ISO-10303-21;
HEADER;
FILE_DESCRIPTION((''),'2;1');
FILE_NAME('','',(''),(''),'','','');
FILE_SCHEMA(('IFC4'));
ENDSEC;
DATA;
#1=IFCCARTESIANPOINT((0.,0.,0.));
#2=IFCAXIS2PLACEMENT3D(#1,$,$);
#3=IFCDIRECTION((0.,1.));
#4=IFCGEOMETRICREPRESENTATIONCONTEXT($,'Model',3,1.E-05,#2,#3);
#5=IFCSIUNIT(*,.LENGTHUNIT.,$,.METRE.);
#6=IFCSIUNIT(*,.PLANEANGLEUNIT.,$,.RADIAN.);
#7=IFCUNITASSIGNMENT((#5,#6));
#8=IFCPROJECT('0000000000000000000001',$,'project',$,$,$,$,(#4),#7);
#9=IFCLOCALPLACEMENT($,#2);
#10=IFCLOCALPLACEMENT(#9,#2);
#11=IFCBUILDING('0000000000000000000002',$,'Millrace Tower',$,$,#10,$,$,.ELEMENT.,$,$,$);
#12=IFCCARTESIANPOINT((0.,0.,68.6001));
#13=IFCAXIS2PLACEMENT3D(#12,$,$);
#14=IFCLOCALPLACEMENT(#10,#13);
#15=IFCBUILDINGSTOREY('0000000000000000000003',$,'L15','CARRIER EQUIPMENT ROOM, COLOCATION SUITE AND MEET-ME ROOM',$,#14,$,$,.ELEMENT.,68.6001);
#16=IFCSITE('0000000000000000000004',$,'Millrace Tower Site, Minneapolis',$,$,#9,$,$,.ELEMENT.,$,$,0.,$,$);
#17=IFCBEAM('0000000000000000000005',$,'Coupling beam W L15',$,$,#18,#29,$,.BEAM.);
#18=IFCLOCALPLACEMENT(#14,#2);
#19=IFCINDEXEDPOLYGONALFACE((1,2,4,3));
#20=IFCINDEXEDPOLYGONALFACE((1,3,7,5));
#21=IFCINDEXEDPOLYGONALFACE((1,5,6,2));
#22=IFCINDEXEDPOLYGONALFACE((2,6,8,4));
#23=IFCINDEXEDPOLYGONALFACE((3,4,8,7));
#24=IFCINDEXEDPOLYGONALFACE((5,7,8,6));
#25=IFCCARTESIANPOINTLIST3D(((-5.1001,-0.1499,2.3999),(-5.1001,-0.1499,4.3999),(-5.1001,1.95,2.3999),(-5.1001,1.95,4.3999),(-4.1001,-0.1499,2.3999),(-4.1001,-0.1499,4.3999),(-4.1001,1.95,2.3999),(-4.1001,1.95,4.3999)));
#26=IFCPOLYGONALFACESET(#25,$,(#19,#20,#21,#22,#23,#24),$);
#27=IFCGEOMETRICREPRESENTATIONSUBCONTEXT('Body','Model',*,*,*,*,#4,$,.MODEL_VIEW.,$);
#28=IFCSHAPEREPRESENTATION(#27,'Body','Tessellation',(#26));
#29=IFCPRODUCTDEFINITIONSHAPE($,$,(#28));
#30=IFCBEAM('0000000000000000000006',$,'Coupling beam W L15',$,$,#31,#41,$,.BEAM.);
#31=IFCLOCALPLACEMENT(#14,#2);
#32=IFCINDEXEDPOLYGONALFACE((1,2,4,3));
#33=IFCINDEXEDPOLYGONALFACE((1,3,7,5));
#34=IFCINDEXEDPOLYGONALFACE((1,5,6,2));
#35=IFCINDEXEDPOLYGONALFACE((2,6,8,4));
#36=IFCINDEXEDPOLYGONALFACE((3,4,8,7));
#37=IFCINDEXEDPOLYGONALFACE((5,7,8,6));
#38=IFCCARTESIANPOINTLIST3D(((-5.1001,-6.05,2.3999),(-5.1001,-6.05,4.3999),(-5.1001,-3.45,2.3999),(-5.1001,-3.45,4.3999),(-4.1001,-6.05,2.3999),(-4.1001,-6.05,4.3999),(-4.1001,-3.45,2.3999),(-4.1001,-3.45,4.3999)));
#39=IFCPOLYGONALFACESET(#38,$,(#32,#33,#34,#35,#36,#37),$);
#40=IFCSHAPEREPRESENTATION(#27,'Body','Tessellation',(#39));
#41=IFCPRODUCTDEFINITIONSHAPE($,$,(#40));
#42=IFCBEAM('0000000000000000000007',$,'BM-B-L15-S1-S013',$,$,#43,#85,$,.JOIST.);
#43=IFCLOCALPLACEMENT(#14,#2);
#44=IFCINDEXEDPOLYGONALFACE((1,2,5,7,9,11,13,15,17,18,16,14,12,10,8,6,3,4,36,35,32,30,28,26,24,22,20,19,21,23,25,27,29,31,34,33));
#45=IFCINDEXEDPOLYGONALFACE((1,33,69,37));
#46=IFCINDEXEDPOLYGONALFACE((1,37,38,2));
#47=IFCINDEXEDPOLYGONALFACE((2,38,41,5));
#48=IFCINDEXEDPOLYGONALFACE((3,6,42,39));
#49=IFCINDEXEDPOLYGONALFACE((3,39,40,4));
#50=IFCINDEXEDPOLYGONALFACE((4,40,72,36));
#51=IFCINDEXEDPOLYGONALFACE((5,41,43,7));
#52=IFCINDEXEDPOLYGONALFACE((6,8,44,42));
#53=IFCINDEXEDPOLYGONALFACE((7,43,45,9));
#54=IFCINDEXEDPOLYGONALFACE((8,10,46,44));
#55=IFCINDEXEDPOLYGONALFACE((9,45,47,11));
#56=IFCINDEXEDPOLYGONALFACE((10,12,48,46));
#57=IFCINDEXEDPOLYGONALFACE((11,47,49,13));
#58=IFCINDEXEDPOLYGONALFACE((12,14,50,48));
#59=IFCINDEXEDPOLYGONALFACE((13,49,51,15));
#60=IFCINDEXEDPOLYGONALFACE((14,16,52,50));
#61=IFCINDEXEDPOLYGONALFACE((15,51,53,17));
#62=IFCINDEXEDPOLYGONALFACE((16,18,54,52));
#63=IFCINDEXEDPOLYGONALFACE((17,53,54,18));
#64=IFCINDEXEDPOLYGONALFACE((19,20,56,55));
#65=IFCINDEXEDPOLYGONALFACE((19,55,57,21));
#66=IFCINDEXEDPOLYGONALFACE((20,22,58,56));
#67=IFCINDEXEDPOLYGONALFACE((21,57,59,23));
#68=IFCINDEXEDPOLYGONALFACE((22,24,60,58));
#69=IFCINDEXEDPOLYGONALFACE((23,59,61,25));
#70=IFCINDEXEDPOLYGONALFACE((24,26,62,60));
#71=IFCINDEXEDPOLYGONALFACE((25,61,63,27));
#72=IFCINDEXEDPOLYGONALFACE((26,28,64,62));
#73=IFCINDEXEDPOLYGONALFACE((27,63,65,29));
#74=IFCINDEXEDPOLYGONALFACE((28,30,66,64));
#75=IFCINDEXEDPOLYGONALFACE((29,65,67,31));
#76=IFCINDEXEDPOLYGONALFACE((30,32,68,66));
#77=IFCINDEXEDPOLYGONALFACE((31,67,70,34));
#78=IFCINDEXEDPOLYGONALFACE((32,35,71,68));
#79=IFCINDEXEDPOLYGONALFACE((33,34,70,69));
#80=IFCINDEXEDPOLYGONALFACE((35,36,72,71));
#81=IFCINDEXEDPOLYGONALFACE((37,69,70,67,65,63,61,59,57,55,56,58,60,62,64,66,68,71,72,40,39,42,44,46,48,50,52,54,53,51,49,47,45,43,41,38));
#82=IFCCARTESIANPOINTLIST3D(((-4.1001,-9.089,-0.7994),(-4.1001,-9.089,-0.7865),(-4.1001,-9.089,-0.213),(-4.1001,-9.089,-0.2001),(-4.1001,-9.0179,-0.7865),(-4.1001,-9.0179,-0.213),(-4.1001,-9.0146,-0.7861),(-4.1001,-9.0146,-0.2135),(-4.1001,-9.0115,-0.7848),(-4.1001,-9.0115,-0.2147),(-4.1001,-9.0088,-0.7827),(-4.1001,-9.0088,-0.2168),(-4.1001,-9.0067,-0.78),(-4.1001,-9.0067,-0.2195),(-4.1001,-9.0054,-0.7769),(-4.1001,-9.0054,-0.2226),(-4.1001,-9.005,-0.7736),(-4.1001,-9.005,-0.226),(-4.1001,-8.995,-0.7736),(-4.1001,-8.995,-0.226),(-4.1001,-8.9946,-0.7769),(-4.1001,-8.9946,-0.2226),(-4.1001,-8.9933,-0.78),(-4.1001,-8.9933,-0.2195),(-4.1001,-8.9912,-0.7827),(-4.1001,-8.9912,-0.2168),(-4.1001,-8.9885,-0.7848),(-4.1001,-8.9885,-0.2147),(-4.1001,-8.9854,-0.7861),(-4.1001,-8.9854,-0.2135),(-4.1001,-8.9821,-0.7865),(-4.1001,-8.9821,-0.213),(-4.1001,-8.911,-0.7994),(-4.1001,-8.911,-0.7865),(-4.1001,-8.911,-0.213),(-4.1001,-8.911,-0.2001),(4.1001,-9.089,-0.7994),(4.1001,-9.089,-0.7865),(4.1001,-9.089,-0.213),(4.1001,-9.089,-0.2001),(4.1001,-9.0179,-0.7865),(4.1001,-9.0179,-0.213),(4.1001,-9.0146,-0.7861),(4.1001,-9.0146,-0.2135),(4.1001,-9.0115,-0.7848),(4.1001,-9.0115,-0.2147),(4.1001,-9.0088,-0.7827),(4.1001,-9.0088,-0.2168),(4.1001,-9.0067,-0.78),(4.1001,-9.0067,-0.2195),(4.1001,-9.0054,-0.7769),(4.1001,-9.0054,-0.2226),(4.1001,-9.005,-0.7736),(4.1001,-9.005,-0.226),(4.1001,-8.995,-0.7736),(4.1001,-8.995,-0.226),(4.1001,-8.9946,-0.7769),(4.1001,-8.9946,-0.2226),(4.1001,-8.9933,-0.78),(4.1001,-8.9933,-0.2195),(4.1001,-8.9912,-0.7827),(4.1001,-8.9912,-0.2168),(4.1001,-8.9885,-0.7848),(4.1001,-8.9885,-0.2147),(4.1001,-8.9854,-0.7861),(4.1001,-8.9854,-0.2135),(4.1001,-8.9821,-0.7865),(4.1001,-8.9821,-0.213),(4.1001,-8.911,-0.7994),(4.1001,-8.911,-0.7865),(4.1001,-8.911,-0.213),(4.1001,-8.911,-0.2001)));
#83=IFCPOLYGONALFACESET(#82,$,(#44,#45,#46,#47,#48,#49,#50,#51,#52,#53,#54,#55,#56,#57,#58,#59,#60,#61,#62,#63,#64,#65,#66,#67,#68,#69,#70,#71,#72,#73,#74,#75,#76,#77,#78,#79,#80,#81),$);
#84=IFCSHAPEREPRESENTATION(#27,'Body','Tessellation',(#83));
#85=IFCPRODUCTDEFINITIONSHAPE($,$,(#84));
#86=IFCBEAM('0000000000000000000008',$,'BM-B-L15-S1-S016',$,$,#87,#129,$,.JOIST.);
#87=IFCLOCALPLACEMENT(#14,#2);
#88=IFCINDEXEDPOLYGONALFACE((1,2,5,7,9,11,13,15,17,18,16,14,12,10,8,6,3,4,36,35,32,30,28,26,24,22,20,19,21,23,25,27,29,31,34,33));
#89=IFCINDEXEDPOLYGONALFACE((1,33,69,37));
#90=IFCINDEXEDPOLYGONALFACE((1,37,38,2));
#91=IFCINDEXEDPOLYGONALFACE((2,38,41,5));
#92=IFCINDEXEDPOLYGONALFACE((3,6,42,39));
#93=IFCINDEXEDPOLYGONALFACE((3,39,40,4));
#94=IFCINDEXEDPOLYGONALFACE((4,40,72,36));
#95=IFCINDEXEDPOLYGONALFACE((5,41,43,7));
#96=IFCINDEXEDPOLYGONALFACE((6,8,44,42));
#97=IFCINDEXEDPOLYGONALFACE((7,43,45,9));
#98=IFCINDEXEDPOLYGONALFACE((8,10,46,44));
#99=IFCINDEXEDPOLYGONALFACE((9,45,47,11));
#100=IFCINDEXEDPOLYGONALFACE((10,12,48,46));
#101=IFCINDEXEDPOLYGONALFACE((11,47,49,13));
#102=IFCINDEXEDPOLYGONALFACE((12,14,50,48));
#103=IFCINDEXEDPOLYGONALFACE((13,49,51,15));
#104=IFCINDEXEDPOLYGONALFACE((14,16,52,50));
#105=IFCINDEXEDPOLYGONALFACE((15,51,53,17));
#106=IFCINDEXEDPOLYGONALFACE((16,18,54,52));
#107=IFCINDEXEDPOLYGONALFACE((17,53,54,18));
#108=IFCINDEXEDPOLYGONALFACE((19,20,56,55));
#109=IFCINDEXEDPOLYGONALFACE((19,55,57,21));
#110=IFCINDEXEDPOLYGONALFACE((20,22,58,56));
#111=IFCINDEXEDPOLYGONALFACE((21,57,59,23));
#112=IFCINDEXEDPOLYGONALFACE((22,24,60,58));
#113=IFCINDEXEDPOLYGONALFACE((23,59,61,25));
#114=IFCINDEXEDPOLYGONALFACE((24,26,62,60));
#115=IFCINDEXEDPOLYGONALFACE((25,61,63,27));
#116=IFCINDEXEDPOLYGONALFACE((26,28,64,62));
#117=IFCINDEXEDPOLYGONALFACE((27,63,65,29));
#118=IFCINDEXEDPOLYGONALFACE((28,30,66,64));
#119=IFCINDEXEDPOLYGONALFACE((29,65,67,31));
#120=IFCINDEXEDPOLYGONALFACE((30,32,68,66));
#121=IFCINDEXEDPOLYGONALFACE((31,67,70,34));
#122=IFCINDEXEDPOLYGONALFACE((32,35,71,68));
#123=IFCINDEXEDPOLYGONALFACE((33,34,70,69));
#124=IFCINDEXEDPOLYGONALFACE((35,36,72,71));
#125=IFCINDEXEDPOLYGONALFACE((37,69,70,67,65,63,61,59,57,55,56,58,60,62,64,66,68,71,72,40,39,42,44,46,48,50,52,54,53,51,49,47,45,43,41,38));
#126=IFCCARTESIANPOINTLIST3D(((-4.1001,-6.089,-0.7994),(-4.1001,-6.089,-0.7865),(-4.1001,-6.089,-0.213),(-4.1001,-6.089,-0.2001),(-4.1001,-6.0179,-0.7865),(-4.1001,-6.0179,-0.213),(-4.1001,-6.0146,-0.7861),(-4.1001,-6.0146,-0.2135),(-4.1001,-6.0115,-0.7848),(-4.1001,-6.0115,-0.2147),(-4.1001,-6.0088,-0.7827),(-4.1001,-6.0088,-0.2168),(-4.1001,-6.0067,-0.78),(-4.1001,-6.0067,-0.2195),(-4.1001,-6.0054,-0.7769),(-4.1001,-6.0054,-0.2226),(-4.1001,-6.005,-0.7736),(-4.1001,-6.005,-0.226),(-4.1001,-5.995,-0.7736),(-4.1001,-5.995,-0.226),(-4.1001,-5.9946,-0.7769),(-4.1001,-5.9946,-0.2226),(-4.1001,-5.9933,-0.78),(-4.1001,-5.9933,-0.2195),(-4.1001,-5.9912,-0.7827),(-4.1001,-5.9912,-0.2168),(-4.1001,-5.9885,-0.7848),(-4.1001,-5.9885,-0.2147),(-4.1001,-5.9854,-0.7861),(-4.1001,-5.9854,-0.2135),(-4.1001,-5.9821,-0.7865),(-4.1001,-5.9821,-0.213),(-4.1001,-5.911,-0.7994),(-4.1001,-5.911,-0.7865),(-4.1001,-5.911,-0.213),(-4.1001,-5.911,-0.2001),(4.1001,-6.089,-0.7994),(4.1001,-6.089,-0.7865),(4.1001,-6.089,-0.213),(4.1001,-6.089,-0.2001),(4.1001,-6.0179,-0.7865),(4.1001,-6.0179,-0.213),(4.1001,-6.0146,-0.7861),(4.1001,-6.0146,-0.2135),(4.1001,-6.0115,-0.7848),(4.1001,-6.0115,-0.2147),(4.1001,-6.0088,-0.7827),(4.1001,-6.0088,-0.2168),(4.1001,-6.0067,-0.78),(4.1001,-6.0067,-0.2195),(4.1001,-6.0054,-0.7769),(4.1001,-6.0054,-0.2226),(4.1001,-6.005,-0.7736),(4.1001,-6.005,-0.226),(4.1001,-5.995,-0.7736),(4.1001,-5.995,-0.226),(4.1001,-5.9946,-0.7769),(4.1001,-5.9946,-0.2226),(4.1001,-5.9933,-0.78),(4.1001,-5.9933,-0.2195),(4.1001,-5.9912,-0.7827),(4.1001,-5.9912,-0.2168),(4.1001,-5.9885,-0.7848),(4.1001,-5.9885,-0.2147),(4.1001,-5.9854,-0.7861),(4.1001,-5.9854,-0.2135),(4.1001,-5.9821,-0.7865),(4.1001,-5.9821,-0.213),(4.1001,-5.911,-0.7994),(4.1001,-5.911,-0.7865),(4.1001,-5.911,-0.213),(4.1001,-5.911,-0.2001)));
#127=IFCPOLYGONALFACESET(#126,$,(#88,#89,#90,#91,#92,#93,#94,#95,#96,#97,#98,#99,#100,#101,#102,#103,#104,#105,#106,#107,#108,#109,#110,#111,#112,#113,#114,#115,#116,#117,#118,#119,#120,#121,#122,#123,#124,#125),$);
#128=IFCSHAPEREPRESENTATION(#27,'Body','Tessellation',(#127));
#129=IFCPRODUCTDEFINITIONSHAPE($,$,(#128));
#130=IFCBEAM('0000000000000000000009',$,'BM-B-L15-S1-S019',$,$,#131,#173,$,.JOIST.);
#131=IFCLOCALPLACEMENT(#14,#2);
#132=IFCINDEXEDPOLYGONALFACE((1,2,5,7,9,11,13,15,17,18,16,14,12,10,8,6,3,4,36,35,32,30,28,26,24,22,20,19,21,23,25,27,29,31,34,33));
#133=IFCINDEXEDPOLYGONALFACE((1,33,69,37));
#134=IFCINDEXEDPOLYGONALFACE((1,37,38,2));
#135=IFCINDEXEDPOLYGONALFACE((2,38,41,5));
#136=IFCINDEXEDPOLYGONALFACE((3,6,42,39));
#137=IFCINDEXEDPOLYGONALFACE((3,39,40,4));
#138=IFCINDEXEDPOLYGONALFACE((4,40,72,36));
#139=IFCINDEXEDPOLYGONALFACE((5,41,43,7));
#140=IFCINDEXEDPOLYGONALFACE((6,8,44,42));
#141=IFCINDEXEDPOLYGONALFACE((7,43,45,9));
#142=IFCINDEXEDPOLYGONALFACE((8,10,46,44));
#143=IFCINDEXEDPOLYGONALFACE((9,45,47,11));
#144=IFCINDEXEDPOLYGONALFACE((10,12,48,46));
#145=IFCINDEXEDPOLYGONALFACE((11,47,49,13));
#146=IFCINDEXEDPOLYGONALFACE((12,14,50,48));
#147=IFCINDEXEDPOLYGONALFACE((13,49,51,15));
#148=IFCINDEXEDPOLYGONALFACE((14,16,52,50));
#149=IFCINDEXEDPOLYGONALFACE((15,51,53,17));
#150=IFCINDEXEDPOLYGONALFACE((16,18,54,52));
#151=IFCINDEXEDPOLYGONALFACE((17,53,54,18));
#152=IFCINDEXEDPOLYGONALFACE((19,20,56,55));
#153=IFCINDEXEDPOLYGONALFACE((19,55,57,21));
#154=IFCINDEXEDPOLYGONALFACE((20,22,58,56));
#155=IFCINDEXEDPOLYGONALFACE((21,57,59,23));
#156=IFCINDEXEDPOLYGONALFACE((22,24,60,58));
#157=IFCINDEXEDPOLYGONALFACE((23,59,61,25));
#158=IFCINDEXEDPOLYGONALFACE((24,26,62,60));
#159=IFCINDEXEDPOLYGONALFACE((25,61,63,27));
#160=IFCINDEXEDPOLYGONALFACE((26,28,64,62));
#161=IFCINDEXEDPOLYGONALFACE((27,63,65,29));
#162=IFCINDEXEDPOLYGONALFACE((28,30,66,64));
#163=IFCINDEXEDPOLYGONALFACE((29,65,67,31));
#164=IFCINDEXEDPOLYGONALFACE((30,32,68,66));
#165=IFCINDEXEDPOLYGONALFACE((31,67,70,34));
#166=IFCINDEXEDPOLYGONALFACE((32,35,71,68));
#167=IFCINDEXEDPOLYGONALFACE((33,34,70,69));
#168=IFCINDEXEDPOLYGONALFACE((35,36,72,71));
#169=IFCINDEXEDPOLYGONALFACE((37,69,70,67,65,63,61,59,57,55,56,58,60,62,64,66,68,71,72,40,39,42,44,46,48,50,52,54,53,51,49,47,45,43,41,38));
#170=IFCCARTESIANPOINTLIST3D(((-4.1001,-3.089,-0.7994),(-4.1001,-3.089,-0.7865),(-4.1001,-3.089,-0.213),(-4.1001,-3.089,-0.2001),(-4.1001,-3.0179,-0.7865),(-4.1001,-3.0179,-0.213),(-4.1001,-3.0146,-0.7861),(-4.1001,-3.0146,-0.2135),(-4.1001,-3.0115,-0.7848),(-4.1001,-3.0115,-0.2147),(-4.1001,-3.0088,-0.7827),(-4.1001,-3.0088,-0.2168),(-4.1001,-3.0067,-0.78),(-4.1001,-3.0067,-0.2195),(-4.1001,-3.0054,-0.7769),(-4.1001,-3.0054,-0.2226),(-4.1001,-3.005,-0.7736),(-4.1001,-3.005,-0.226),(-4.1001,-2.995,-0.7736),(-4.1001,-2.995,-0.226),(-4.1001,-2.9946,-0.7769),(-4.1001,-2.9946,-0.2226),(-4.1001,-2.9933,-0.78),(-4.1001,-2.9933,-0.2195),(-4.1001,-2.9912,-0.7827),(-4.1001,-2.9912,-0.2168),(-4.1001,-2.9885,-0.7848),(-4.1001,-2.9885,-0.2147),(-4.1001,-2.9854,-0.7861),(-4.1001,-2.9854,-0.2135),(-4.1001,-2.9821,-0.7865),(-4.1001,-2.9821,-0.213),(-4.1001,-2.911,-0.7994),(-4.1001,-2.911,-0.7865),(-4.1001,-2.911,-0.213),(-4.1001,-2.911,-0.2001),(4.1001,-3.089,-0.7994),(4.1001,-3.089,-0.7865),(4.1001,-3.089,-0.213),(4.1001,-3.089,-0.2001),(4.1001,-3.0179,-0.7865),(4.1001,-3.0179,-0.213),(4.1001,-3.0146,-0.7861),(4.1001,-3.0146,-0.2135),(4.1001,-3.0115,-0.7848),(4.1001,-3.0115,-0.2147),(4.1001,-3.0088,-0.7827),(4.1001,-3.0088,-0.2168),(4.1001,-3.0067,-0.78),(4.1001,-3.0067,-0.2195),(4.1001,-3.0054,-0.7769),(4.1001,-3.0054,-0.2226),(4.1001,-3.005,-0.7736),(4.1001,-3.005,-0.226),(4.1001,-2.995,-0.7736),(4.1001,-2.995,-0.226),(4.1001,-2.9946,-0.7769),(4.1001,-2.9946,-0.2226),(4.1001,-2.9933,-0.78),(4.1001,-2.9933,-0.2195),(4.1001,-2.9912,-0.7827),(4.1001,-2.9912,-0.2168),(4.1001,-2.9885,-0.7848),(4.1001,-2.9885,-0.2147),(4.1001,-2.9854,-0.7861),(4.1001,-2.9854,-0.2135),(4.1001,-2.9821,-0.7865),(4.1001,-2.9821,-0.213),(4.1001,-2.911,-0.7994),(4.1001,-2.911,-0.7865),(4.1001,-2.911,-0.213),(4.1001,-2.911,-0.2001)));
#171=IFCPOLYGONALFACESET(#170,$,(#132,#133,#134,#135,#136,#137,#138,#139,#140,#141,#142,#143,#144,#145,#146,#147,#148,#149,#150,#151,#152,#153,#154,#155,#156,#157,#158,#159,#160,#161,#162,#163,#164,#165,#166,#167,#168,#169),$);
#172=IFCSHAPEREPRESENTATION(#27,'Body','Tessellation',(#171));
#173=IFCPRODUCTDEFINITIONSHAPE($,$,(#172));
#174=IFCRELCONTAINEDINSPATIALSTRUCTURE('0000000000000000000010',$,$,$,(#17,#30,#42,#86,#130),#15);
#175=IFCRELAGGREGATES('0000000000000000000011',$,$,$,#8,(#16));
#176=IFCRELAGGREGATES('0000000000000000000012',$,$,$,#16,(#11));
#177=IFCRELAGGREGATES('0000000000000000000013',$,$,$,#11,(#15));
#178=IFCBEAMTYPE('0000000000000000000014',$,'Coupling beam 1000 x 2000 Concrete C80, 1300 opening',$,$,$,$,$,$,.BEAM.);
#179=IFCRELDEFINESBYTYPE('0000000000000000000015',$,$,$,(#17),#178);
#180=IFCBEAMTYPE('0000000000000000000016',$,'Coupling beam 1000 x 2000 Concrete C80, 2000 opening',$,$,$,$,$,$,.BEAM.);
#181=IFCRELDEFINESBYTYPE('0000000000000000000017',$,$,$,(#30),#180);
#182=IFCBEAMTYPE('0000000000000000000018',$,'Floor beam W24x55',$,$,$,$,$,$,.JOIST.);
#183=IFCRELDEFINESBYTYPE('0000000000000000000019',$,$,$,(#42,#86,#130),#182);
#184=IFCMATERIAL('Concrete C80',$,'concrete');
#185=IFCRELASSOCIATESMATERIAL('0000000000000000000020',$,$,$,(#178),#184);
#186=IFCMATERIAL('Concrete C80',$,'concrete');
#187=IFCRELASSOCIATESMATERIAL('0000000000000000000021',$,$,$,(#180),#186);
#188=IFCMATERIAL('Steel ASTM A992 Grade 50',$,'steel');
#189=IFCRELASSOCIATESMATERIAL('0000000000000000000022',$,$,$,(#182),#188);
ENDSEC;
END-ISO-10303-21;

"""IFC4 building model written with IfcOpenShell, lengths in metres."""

from ifc_helpers import new_model, si_unit, direction, frame, origin, origin_2d, place, context, subcontext, project, spatial, rectangle, i_section, extrude, material, material_profile, profile_set, type_object, element, save


model = new_model("IFC4")

# Units and contexts
model_context = context("Model", 3, precision=1e-05, world=origin(), true_north=direction((0.0, 1.0)))
body_context = subcontext(model_context, "Body", "Model", "MODEL_VIEW")
ifc_project = project(units=[si_unit("LENGTHUNIT", "METRE"), si_unit("PLANEANGLEUNIT", "RADIAN")], contexts=[model_context])

# Site, building, storey
site_placement = place(None, origin())
site = spatial("IfcSite", under=ifc_project, at=site_placement, Name="Millrace Tower Site, Minneapolis", CompositionType="ELEMENT", RefElevation=0.0)
building_placement = place(site_placement, origin())
building = spatial("IfcBuilding", under=site, at=building_placement, Name="Millrace Tower", CompositionType="ELEMENT")
storey_placement = place(building_placement, frame((0.0, 0.0, 68.6001)))
storey = spatial("IfcBuildingStorey", under=building, at=storey_placement, Name="L15", Description="CARRIER EQUIPMENT ROOM, COLOCATION SUITE AND MEET-ME ROOM", CompositionType="ELEMENT", Elevation=68.6001)

# Beams
ifc_material_1 = material(Name="Concrete C80", Category="concrete")
ifc_material_profile_1 = material_profile(ifc_material_1, rectangle(XDim=1.0, YDim=2.0, at=origin_2d()))
ifc_profile_set_1 = profile_set([ifc_material_profile_1], Name="Concrete C80")
beam_type_1 = type_object("IfcBeamType", Name="Coupling beam 1000 x 2000 Concrete C80, 1300 opening", PredefinedType="BEAM", material=ifc_profile_set_1)
beam_1_placement = place(storey_placement, frame((-4.6001, -0.1499, 3.3999), z_axis=(0.0, 1.0, 0.0), x_axis=(-1.0, 0.0, 0.0)))
element("IfcBeam", 1, at=beam_1_placement, inside=storey, type_object=beam_type_1, Name="Coupling beam W L15", PredefinedType="BEAM", context=body_context, shape_type="SweptSolid", body=[
    extrude(rectangle(XDim=1.0, YDim=2.0, at=origin_2d()), origin(), (0.0, 0.0, 1.0), 2.0999),
])
ifc_material_2 = material(Name="Concrete C80", Category="concrete")
ifc_material_profile_2 = material_profile(ifc_material_2, rectangle(XDim=1.0, YDim=2.0, at=origin_2d()))
ifc_profile_set_2 = profile_set([ifc_material_profile_2], Name="Concrete C80")
beam_type_2 = type_object("IfcBeamType", Name="Coupling beam 1000 x 2000 Concrete C80, 2000 opening", PredefinedType="BEAM", material=ifc_profile_set_2)
beam_2_placement = place(storey_placement, frame((-4.6001, -6.05, 3.3999), z_axis=(0.0, 1.0, 0.0), x_axis=(-1.0, 0.0, 0.0)))
element("IfcBeam", 2, at=beam_2_placement, inside=storey, type_object=beam_type_2, Name="Coupling beam W L15", PredefinedType="BEAM", context=body_context, shape_type="SweptSolid", body=[
    extrude(rectangle(XDim=1.0, YDim=2.0, at=origin_2d()), origin(), (0.0, 0.0, 1.0), 2.6001),
])
ifc_material_3 = material(Name="Steel ASTM A992 Grade 50", Category="steel")
ifc_material_profile_3 = material_profile(ifc_material_3, i_section(OverallWidth=0.178, OverallDepth=0.5994, WebThickness=0.01, FlangeThickness=0.0129, FilletRadius=0.0129, at=origin_2d()))
ifc_profile_set_3 = profile_set([ifc_material_profile_3], Name="Steel ASTM A992 Grade 50")
beam_type_3 = type_object("IfcBeamType", Name="Floor beam W24x55", PredefinedType="JOIST", material=ifc_profile_set_3)
for number, where, z_axis, x_axis, name in (
    (3, (-4.1001, -9.0, -0.4998), (1.0, 0.0, 0.0), (0.0, 1.0, 0.0), "BM-B-L15-S1-S013"),
    (4, (-4.1001, -6.0, -0.4998), (1.0, 0.0, 0.0), (0.0, 1.0, 0.0), "BM-B-L15-S1-S016"),
    (5, (-4.1001, -3.0, -0.4998), (1.0, 0.0, 0.0), (0.0, 1.0, 0.0), "BM-B-L15-S1-S019"),
):
    element("IfcBeam", number, at=place(storey_placement, frame(where, z_axis=z_axis, x_axis=x_axis)), inside=storey, type_object=beam_type_3, Name=name, PredefinedType="JOIST", context=body_context, shape_type="SweptSolid", body=[
        extrude(i_section(OverallWidth=0.178, OverallDepth=0.5994, WebThickness=0.01, FlangeThickness=0.0129, FilletRadius=0.0129, at=origin_2d()), origin(), (0.0, 0.0, 1.0), 8.2002),
    ])

save(model, "model.ifc")
